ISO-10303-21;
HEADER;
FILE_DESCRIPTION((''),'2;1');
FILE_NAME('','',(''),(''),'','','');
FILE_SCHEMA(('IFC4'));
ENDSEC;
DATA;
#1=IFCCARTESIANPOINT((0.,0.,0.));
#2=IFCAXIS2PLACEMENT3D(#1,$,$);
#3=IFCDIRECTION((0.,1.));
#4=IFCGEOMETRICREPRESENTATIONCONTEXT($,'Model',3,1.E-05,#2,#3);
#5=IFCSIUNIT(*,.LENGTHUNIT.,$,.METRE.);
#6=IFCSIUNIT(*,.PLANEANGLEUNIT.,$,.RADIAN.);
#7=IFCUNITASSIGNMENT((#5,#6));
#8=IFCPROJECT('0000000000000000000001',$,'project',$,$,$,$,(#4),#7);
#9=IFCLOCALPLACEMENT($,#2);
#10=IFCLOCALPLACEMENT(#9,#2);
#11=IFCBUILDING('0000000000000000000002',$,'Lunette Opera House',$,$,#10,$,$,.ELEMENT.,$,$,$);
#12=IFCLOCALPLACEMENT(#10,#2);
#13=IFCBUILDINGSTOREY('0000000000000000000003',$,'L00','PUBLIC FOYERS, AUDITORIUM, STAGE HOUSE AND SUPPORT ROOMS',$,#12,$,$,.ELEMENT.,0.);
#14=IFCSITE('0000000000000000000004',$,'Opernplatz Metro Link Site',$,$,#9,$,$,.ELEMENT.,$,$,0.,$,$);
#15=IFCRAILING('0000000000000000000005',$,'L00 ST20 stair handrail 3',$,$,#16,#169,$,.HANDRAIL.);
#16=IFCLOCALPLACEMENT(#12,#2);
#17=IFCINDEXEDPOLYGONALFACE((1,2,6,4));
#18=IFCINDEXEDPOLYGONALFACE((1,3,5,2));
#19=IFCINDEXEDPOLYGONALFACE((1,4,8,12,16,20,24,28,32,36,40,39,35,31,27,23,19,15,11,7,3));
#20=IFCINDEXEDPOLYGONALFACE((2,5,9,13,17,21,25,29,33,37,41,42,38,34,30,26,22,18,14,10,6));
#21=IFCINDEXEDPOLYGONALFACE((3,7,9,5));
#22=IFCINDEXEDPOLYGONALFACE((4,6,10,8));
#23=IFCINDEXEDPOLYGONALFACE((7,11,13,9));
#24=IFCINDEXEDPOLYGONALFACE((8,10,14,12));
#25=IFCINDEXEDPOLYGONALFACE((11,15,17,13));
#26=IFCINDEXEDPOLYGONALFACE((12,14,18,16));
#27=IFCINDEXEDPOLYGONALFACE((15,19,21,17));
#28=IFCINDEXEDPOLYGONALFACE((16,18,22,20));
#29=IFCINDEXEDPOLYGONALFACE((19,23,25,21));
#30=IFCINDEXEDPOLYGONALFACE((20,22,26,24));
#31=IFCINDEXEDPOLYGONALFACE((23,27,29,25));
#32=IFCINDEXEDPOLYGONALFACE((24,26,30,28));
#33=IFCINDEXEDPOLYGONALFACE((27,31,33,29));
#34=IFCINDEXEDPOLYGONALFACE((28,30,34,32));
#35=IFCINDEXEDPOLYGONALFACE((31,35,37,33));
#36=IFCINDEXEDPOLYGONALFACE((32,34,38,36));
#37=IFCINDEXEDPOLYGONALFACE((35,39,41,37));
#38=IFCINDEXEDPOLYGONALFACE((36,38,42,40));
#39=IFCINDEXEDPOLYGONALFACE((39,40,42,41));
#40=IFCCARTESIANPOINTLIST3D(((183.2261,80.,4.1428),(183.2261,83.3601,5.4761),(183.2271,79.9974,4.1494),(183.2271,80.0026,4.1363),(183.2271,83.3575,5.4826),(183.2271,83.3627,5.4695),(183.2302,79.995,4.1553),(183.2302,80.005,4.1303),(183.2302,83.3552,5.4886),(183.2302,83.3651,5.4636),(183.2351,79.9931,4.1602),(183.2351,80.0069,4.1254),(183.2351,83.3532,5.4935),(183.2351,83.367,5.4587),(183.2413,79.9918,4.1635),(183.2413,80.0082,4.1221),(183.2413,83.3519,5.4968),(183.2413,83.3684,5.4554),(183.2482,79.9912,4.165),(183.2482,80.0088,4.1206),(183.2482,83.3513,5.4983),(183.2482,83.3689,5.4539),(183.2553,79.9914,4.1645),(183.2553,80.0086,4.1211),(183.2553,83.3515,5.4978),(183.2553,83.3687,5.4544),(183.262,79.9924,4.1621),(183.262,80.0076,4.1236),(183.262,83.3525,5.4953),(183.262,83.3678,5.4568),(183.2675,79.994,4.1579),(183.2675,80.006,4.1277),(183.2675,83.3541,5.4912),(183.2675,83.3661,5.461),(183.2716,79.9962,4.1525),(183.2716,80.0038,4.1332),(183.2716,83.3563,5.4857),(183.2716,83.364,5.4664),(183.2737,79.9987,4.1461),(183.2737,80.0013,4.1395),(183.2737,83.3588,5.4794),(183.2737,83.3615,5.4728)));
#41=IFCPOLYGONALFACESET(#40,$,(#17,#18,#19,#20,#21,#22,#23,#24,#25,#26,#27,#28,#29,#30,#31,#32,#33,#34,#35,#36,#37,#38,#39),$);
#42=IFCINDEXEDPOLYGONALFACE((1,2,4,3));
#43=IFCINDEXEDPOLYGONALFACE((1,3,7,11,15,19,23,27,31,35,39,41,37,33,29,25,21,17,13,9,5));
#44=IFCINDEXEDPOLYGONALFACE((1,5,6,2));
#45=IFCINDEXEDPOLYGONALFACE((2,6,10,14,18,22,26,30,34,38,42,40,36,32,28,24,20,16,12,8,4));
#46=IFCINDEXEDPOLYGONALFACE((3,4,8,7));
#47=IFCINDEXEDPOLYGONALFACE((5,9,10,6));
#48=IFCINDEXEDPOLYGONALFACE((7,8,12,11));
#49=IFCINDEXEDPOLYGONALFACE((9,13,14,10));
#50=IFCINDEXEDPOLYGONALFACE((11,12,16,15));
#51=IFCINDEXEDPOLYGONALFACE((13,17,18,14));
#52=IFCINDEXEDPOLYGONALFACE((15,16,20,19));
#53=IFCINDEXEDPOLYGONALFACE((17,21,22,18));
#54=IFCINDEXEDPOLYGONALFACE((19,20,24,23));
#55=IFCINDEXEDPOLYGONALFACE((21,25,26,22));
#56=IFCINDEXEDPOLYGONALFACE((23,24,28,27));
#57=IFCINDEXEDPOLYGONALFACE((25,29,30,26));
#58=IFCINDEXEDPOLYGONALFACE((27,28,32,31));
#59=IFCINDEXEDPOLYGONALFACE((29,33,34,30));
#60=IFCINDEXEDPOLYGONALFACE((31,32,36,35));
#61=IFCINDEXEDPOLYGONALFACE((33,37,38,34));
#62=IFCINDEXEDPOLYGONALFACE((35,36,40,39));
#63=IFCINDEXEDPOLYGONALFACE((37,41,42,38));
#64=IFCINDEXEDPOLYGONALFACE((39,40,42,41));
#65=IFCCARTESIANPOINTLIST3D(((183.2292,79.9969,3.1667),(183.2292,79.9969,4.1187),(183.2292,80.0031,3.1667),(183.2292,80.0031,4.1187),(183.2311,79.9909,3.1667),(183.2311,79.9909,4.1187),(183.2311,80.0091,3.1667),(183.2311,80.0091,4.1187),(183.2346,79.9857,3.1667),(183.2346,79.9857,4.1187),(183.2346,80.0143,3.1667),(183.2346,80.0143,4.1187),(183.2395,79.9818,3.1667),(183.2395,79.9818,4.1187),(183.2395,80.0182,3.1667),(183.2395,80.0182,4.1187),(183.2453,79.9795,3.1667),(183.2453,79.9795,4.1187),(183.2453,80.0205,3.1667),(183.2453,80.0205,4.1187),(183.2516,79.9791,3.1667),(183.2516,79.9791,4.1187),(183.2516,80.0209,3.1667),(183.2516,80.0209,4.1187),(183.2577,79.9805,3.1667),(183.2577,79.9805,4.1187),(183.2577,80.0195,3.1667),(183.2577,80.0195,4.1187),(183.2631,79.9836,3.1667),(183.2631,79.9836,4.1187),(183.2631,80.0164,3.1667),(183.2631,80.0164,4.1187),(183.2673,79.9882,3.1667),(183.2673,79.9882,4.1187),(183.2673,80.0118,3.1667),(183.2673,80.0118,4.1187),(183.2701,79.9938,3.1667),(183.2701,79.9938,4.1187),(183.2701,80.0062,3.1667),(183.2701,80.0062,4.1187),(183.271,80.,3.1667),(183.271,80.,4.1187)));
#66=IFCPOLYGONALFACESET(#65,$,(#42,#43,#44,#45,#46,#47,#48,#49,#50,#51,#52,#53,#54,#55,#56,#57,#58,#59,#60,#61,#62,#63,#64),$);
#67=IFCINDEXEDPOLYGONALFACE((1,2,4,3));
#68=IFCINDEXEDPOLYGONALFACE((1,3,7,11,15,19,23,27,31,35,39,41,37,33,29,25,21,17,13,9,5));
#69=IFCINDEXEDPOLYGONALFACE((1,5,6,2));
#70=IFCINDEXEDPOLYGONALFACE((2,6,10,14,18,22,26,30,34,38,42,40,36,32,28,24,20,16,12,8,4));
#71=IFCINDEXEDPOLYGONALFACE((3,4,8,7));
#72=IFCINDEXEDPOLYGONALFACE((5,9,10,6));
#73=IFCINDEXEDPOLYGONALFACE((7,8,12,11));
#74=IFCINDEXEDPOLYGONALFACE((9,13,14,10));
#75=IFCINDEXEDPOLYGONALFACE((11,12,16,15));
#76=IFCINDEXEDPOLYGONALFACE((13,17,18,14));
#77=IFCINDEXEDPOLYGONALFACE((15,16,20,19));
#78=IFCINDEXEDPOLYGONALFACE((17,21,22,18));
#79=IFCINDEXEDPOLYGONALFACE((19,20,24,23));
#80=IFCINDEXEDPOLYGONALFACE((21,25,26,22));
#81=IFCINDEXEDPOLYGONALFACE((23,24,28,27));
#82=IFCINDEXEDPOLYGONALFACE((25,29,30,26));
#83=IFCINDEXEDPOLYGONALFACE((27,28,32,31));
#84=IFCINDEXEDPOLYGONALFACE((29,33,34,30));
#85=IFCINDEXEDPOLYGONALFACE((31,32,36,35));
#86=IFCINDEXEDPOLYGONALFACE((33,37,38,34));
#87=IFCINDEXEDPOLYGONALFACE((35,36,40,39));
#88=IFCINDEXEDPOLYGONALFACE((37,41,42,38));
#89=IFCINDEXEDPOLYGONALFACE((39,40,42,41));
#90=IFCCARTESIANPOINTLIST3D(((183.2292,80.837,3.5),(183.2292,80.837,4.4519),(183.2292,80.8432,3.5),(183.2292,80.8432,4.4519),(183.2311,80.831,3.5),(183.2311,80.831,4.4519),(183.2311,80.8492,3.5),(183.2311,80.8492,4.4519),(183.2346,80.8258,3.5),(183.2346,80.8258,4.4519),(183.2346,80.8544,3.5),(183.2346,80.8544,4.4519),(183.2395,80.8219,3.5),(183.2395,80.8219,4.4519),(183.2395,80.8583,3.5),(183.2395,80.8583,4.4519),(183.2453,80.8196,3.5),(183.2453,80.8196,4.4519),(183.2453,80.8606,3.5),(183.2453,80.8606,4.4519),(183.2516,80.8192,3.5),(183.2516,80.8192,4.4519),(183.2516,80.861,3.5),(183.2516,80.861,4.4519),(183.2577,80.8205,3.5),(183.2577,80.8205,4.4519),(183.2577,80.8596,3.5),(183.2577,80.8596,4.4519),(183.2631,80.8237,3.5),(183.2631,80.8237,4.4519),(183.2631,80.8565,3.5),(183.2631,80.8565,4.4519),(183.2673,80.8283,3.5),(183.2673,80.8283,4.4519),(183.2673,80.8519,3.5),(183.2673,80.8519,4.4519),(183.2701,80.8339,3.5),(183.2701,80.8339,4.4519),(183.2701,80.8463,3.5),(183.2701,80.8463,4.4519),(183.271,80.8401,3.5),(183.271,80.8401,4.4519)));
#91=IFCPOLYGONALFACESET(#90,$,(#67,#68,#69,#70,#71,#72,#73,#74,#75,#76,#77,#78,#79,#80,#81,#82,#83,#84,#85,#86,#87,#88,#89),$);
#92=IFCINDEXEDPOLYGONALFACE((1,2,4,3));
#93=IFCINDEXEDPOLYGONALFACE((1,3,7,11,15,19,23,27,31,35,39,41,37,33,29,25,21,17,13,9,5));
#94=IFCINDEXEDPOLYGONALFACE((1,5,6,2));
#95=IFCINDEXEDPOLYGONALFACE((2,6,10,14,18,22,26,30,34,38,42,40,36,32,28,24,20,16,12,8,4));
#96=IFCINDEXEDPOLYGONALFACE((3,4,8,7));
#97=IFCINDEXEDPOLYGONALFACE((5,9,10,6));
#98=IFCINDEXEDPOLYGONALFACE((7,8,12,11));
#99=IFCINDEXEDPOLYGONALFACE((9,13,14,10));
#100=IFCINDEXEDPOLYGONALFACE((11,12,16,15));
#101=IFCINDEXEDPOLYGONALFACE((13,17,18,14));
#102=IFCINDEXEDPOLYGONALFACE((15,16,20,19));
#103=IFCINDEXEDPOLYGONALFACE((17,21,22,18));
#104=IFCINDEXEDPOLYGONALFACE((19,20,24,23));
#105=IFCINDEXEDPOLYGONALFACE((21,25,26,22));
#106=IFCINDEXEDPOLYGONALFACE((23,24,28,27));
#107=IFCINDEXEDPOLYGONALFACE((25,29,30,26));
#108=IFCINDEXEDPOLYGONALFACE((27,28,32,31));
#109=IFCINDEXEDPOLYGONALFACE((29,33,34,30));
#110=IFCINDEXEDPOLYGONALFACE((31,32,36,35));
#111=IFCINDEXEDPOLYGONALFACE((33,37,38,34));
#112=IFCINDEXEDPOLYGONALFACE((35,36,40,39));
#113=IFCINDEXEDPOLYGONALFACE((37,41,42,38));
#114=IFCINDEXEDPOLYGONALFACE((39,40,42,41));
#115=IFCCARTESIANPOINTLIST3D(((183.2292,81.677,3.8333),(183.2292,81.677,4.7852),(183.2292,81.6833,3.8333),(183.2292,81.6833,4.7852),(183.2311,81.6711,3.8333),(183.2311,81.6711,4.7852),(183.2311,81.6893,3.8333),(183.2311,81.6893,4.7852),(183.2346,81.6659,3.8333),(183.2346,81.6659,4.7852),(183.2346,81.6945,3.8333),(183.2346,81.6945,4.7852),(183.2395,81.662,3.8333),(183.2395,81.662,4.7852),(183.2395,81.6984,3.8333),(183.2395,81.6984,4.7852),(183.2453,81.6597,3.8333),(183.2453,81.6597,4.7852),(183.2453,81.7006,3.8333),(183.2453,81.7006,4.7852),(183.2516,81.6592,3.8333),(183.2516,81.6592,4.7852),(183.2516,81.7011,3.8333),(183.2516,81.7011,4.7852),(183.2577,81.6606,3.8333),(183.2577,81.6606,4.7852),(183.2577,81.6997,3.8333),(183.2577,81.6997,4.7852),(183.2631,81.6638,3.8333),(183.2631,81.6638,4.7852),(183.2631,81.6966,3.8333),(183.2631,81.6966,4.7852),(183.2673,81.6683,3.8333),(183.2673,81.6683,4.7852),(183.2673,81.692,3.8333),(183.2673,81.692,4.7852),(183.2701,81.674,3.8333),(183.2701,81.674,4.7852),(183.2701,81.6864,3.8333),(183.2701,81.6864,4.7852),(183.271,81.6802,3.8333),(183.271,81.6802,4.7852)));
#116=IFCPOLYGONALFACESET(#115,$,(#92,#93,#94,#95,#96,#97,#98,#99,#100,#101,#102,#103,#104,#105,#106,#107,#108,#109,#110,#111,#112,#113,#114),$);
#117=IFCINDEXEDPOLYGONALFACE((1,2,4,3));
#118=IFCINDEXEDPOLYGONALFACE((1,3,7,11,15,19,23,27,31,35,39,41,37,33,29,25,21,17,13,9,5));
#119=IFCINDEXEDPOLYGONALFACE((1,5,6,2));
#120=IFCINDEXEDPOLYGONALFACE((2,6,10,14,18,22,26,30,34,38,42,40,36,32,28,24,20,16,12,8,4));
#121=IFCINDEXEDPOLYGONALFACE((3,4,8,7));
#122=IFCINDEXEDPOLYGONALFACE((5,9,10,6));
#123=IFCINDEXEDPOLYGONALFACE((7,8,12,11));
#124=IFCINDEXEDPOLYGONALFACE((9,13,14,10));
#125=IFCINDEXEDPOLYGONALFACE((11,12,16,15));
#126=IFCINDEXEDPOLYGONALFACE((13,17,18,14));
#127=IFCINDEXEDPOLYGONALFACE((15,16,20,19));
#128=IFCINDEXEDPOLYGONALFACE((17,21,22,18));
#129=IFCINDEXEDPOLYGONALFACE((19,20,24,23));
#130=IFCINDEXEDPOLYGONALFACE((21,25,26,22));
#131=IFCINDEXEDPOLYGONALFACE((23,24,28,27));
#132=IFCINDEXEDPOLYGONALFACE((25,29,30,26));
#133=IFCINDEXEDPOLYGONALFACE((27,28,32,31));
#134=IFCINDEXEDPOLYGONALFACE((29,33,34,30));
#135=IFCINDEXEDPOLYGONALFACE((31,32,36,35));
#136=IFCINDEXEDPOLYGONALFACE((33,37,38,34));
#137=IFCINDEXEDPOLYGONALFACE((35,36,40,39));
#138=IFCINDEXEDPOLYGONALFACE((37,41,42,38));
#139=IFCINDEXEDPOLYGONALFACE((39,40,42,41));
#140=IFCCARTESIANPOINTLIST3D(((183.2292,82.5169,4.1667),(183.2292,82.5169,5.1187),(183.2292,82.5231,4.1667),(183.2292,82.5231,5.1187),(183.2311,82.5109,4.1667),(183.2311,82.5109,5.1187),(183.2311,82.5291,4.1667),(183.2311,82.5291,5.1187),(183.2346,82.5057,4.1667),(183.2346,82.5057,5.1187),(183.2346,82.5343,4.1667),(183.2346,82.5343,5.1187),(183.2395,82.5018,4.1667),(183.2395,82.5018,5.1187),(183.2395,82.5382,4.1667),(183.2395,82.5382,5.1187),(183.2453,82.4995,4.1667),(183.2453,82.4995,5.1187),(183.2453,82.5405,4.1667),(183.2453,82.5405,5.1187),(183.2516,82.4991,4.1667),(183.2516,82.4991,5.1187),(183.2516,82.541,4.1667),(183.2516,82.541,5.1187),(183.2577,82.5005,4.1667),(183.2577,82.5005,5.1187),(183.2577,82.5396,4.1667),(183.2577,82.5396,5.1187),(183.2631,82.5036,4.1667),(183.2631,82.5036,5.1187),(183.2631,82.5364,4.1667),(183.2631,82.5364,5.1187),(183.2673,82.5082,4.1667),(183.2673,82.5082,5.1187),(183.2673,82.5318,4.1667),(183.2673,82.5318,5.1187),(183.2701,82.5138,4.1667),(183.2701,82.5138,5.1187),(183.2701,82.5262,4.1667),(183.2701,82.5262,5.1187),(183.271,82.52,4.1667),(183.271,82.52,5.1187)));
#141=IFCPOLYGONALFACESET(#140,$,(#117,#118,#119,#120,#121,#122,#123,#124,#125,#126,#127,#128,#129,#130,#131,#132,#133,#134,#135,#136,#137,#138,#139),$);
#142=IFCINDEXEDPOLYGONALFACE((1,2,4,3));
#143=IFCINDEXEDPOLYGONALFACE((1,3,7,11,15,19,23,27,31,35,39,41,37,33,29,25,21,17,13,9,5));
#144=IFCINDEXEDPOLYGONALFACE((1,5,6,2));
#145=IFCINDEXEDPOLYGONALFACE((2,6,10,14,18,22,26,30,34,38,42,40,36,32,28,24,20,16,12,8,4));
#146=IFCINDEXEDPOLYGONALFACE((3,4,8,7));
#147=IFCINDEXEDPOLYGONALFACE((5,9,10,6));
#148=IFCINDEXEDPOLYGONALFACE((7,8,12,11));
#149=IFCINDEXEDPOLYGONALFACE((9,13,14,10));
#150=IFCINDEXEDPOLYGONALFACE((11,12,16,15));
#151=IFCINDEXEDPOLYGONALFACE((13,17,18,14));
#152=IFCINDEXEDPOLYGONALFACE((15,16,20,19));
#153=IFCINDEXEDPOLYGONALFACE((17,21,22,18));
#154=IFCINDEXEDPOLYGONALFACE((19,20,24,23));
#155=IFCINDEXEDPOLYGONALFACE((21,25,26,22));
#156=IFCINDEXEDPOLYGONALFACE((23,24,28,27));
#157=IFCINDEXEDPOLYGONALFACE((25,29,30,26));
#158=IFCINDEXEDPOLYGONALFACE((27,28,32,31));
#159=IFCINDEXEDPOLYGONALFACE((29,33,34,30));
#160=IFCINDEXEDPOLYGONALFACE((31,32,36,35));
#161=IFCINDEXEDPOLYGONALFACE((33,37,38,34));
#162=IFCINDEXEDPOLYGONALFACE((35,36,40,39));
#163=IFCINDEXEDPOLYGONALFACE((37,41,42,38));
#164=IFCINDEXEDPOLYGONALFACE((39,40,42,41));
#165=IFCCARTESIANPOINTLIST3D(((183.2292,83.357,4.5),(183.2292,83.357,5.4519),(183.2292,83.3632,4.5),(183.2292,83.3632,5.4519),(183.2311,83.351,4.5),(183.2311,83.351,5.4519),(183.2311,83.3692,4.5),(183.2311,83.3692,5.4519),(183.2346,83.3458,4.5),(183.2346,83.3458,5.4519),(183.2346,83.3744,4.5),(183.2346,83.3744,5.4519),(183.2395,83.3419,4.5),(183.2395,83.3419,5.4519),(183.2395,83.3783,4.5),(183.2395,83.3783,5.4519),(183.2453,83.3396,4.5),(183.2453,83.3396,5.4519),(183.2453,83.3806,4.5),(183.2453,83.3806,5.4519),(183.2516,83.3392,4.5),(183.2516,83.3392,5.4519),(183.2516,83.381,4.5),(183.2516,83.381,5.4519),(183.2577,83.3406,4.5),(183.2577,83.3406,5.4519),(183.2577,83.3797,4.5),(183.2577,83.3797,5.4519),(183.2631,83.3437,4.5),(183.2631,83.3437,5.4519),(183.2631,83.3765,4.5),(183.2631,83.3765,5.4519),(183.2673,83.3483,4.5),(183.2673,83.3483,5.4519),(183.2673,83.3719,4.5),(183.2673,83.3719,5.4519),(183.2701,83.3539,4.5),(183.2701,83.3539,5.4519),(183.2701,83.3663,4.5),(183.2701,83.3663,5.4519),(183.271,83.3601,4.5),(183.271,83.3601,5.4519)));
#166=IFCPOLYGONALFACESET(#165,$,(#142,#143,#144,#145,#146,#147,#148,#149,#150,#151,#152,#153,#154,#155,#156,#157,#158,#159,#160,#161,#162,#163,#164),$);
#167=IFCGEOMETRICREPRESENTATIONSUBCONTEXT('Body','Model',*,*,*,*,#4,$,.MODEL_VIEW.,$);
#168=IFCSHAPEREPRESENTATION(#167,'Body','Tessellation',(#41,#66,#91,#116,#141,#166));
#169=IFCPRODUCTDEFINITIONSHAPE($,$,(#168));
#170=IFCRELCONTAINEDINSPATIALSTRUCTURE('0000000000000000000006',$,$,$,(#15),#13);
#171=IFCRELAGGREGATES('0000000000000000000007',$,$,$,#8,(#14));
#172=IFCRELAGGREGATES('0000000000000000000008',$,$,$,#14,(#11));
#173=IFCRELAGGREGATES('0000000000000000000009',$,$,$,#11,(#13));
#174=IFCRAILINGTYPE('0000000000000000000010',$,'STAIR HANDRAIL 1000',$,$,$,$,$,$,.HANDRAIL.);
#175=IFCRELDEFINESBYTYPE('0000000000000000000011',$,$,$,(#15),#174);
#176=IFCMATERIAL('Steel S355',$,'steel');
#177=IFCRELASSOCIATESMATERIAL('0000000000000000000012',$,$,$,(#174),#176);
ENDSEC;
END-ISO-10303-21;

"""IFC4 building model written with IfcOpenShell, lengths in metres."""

from ifc_helpers import new_model, si_unit, direction, frame, origin, origin_2d, place, context, subcontext, project, spatial, circle, extrude, material, type_object, element, save


model = new_model("IFC4")

# Units and contexts
model_context = context("Model", 3, precision=1e-05, world=origin(), true_north=direction((0.0, 1.0)))
body_context = subcontext(model_context, "Body", "Model", "MODEL_VIEW")
ifc_project = project(units=[si_unit("LENGTHUNIT", "METRE"), si_unit("PLANEANGLEUNIT", "RADIAN")], contexts=[model_context])

# Site, building, storey
site_placement = place(None, origin())
site = spatial("IfcSite", under=ifc_project, at=site_placement, Name="Opernplatz Metro Link Site", CompositionType="ELEMENT", RefElevation=0.0)
building_placement = place(site_placement, origin())
building = spatial("IfcBuilding", under=site, at=building_placement, Name="Lunette Opera House", CompositionType="ELEMENT")
storey_placement = place(building_placement, origin())
storey = spatial("IfcBuildingStorey", under=building, at=storey_placement, Name="L00", Description="PUBLIC FOYERS, AUDITORIUM, STAGE HOUSE AND SUPPORT ROOMS", CompositionType="ELEMENT", Elevation=0.0)

# Railing
ifc_material_1 = material(Name="Steel S355", Category="steel")
railing_type_1 = type_object("IfcRailingType", Name="STAIR HANDRAIL 1000", PredefinedType="HANDRAIL", material=ifc_material_1)
railing_1_placement = place(storey_placement, frame((183.25, 80.0, 3.1667)))
element("IfcRailing", 1, at=railing_1_placement, inside=storey, type_object=railing_type_1, Name="L00 ST20 stair handrail 3", PredefinedType="HANDRAIL", context=body_context, shape_type="SweptSolid", body=[
    extrude(circle(Radius=0.0239, at=origin_2d()), frame((0.0, 0.0, 0.9761), z_axis=(0.0, 0.929502, 0.368816), x_axis=(-1.0, 0.0, 0.0)), (0.0, 0.0, 1.0), 3.615),
    extrude(circle(Radius=0.021, at=origin_2d()), origin(), (0.0, 0.0, 1.0), 0.9519),
    extrude(circle(Radius=0.021, at=origin_2d()), frame((0.0, 0.8401, 0.3333)), (0.0, 0.0, 1.0), 0.9519),
    extrude(circle(Radius=0.021, at=origin_2d()), frame((0.0, 1.6802, 0.6665)), (0.0, 0.0, 1.0), 0.9519),
    extrude(circle(Radius=0.021, at=origin_2d()), frame((0.0, 2.52, 1.0)), (0.0, 0.0, 1.0), 0.9519),
    extrude(circle(Radius=0.021, at=origin_2d()), frame((0.0, 3.3601, 1.3333)), (0.0, 0.0, 1.0), 0.9519),
])

save(model, "model.ifc")
